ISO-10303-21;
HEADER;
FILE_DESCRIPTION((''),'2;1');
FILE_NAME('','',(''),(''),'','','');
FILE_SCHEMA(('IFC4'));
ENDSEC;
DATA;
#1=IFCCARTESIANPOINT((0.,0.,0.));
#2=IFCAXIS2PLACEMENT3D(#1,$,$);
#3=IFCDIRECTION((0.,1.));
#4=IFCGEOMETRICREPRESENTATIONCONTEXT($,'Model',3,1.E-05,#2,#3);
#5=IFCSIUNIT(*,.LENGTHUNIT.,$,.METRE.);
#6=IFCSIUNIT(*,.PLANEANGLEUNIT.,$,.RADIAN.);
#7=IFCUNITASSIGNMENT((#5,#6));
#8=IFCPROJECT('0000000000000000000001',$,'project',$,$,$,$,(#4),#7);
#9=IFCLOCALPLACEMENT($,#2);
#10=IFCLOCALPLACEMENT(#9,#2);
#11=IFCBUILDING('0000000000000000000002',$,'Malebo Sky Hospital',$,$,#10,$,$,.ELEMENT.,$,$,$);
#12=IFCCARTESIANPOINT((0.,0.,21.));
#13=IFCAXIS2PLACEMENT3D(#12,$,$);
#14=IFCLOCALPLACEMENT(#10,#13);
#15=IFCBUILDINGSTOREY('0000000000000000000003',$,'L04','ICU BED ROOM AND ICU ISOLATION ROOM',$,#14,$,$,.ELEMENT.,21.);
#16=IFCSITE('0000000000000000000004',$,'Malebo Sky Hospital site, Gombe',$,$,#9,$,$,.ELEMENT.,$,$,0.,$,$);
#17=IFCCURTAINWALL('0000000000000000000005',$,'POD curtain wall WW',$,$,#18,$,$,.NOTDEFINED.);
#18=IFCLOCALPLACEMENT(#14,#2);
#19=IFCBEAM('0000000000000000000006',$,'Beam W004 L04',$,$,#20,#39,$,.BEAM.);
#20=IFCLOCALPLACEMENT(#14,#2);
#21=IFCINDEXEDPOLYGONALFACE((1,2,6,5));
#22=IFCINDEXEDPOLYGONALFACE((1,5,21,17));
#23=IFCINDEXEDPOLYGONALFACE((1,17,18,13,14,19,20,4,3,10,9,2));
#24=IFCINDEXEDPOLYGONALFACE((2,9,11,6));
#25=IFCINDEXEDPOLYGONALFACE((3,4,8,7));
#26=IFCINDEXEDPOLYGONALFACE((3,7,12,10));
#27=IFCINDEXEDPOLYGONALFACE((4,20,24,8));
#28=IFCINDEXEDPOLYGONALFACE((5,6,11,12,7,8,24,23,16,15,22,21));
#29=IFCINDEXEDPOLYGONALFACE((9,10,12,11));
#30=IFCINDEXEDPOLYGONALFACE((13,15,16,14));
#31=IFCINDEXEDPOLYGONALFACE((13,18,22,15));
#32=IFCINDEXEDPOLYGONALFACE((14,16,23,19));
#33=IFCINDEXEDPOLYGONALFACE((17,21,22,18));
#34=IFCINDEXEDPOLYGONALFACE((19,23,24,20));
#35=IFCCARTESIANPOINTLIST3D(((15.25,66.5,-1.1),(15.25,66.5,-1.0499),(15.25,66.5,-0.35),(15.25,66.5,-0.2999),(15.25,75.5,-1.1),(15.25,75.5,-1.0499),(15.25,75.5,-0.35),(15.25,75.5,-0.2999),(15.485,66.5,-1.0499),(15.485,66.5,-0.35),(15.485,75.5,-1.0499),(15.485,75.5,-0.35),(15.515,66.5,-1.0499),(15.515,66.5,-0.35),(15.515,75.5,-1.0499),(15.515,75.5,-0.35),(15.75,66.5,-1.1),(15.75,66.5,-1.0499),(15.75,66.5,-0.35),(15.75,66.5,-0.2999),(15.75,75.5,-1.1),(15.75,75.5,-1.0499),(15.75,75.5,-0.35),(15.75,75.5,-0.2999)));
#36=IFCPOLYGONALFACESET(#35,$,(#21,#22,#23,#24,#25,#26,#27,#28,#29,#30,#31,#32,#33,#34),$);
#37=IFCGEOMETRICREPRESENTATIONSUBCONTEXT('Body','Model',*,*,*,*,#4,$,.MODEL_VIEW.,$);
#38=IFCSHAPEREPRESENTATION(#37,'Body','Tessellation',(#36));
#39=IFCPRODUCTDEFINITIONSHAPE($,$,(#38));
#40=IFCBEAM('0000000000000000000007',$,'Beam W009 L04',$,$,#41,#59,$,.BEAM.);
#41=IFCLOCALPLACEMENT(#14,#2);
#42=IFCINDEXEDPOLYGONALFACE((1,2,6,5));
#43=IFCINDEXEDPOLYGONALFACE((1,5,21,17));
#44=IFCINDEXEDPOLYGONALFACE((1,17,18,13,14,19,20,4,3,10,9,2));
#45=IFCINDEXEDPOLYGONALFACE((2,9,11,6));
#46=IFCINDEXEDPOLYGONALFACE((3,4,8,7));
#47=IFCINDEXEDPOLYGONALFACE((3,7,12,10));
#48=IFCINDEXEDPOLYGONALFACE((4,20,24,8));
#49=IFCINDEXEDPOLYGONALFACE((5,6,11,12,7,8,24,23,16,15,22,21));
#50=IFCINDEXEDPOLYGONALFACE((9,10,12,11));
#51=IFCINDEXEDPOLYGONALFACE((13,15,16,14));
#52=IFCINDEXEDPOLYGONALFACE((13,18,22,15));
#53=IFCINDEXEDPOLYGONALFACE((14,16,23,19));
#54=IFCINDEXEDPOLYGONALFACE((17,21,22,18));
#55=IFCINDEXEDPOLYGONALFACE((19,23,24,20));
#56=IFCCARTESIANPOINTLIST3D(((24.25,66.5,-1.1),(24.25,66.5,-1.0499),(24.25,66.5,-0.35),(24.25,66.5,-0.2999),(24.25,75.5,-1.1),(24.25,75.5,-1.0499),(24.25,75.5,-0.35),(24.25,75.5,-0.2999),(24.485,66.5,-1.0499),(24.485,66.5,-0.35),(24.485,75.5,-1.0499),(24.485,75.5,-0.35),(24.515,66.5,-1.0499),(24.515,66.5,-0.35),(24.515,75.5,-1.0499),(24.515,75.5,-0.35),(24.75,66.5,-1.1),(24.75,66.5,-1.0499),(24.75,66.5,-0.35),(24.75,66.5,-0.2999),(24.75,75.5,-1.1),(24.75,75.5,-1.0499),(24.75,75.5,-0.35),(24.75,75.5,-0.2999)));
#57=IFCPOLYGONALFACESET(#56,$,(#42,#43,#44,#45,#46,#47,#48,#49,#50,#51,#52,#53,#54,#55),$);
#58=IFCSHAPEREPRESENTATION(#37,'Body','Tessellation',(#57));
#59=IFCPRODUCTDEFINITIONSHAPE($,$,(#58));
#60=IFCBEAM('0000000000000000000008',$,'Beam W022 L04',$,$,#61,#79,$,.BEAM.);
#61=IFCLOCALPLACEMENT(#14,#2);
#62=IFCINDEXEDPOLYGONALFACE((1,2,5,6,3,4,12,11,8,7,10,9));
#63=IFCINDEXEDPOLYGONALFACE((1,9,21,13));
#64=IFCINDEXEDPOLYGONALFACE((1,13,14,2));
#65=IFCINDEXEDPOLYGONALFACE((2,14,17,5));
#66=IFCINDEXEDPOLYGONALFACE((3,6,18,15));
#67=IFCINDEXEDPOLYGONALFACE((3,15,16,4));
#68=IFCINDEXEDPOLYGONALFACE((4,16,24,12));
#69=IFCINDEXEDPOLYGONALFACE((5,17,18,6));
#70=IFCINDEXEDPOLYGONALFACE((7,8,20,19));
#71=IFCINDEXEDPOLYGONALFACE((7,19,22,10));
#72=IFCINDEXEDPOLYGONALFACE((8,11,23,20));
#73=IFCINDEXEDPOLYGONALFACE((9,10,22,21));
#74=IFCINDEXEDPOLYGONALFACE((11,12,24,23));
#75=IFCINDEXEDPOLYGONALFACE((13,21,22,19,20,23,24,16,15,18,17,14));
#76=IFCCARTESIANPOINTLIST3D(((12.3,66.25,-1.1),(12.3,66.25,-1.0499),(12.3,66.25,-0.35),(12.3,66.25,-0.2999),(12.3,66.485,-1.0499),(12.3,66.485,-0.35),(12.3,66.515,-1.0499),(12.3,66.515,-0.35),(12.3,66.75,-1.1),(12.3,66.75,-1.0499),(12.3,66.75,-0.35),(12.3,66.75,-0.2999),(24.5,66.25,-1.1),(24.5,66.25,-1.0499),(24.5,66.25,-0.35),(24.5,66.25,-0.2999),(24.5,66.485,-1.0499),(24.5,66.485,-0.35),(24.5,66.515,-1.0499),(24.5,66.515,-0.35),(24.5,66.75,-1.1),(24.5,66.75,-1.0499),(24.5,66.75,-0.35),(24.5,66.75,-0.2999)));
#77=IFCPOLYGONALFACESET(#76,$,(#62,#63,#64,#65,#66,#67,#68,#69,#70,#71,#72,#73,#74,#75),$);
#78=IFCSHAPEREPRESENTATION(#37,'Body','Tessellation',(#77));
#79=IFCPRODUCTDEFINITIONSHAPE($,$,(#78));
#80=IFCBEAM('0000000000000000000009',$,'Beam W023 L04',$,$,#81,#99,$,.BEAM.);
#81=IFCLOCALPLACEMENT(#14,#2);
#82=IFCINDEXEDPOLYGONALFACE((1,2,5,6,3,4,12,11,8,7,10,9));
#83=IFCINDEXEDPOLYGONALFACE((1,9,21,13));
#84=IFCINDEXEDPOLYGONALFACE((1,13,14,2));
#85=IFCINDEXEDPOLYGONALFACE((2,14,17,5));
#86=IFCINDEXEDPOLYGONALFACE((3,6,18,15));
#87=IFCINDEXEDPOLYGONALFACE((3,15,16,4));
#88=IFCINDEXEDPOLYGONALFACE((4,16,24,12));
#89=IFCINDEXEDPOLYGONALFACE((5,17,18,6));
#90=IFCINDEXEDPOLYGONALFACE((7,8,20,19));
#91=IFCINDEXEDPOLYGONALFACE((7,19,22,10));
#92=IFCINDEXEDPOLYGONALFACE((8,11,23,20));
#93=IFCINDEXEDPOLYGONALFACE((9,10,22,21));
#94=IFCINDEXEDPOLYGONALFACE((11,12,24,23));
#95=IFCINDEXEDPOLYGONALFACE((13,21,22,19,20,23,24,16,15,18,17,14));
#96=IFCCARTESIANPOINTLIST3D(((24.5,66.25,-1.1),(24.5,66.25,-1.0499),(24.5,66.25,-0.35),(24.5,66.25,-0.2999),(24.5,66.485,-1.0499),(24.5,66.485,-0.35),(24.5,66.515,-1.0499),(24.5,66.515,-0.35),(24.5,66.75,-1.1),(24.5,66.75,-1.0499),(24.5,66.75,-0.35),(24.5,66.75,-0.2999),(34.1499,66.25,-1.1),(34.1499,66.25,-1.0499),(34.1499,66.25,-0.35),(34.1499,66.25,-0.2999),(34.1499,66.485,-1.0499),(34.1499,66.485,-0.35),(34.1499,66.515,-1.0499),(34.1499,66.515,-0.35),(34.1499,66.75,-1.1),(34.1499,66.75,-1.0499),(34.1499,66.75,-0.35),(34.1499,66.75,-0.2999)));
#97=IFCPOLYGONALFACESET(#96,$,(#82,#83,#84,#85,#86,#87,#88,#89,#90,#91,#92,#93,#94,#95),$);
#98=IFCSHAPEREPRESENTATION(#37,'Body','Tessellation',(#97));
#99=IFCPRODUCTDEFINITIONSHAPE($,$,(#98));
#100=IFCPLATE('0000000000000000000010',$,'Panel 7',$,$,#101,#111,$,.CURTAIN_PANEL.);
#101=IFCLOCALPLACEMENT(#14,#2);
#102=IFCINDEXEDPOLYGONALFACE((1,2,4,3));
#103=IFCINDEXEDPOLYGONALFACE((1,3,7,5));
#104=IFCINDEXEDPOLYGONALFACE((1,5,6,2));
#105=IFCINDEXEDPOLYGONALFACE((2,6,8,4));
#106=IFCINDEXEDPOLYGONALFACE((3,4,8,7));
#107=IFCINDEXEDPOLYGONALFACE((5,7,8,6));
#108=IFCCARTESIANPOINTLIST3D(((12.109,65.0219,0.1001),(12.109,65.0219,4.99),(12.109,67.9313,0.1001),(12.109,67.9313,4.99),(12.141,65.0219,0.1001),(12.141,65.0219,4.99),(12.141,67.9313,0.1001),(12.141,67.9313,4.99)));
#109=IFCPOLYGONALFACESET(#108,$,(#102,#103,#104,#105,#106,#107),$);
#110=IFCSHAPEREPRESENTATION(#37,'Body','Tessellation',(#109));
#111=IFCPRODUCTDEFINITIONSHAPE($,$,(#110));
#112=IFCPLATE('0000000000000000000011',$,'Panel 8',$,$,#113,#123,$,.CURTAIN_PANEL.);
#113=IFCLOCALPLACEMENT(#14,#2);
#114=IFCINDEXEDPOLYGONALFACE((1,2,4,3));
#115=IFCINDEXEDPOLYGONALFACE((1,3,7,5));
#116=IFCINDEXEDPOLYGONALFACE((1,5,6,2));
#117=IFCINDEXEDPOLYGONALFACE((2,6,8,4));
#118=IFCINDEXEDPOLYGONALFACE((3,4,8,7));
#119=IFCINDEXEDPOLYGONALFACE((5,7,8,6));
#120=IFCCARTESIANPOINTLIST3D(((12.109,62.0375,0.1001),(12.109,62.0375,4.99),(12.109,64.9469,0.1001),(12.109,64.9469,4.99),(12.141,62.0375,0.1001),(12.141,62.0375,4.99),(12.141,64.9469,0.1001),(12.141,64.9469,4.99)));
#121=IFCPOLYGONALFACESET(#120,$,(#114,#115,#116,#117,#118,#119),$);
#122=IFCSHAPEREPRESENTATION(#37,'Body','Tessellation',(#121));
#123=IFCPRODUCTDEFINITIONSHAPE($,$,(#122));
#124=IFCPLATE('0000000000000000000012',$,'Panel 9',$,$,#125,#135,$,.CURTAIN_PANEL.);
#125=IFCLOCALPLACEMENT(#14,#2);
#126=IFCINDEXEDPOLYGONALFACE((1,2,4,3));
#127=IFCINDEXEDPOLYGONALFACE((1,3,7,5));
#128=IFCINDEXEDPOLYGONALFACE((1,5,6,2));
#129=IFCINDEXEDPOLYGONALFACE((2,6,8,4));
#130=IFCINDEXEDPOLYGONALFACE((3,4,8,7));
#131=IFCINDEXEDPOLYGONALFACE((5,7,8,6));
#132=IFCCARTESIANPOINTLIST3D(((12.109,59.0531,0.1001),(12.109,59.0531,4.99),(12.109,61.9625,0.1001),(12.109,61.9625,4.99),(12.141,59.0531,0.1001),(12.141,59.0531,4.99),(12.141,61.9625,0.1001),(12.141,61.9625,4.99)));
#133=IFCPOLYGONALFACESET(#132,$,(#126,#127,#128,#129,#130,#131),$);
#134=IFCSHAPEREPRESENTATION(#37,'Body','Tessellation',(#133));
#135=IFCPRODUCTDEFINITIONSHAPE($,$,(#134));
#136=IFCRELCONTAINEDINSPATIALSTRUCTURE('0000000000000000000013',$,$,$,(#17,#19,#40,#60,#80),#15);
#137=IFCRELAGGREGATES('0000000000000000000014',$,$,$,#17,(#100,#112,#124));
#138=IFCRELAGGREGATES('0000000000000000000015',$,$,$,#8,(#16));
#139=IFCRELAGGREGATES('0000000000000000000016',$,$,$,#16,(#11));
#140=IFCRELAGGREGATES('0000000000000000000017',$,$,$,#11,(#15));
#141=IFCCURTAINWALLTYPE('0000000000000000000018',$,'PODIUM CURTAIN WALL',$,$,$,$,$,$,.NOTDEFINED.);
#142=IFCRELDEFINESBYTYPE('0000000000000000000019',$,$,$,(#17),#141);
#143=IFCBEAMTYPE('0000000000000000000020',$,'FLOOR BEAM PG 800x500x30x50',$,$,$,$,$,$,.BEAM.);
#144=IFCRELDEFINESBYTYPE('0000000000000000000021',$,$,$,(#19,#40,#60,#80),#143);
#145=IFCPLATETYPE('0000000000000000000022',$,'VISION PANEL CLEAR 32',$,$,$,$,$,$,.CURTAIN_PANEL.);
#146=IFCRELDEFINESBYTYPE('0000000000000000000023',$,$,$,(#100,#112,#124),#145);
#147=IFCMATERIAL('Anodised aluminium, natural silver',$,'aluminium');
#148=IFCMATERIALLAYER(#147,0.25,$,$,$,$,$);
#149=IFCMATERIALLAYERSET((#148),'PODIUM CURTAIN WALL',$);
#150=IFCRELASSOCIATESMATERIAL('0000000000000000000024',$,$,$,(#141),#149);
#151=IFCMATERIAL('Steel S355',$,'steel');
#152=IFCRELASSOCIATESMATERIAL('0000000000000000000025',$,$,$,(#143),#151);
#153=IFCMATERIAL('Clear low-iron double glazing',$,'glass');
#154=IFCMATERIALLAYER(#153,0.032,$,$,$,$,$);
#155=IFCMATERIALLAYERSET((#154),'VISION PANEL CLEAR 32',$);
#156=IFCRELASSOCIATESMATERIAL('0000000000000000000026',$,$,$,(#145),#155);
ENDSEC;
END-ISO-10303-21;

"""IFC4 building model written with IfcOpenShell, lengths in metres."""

from ifc_helpers import new_model, si_unit, direction, frame, origin, origin_2d, place, context, subcontext, project, spatial, rectangle, i_section, extrude, material, layer, layer_set, material_profile, profile_set, type_object, element, aggregate, save


model = new_model("IFC4")

# Units and contexts
model_context = context("Model", 3, precision=1e-05, world=origin(), true_north=direction((0.0, 1.0)))
body_context = subcontext(model_context, "Body", "Model", "MODEL_VIEW")
ifc_project = project(units=[si_unit("LENGTHUNIT", "METRE"), si_unit("PLANEANGLEUNIT", "RADIAN")], contexts=[model_context])

# Site, building, storey
site_placement = place(None, origin())
site = spatial("IfcSite", under=ifc_project, at=site_placement, Name="Malebo Sky Hospital site, Gombe", CompositionType="ELEMENT", RefElevation=0.0)
building_placement = place(site_placement, origin())
building = spatial("IfcBuilding", under=site, at=building_placement, Name="Malebo Sky Hospital", CompositionType="ELEMENT")
storey_placement = place(building_placement, frame((0.0, 0.0, 21.0)))
storey = spatial("IfcBuildingStorey", under=building, at=storey_placement, Name="L04", Description="ICU BED ROOM AND ICU ISOLATION ROOM", CompositionType="ELEMENT", Elevation=21.0)

# Shared definitions
ifc_material_1 = material(Name="Steel S355", Category="steel")

# Curtain wall
ifc_material_2 = material(Name="Anodised aluminium, natural silver", Category="aluminium")
ifc_layer_1 = layer(ifc_material_2, 0.25)
ifc_layer_set_1 = layer_set([ifc_layer_1], Name="PODIUM CURTAIN WALL")
curtain_wall_type = type_object("IfcCurtainWallType", Name="PODIUM CURTAIN WALL", PredefinedType="NOTDEFINED", material=ifc_layer_set_1)
curtain_wall_placement = place(storey_placement, origin())
curtain_wall = element("IfcCurtainWall", 1, at=curtain_wall_placement, inside=storey, type_object=curtain_wall_type, Name="POD curtain wall WW", PredefinedType="NOTDEFINED")

# Beams
ifc_material_profile_1 = material_profile(ifc_material_1, i_section(OverallWidth=0.5, OverallDepth=0.8, WebThickness=0.03, FlangeThickness=0.05, at=origin_2d()), Name="PG 800x500x30x50")
ifc_profile_set_1 = profile_set([ifc_material_profile_1], Name="Steel S355")
beam_type = type_object("IfcBeamType", Name="FLOOR BEAM PG 800x500x30x50", PredefinedType="BEAM", material=ifc_profile_set_1)
for number, where, z_axis, x_axis, name in (
    (2, (15.5, 66.5, -0.7), (0.0, 1.0, 0.0), (-1.0, 0.0, 0.0), "Beam W004 L04"),
    (3, (24.5, 66.5, -0.7), (0.0, 1.0, 0.0), (-1.0, 0.0, 0.0), "Beam W009 L04"),
):
    element("IfcBeam", number, at=place(storey_placement, frame(where, z_axis=z_axis, x_axis=x_axis)), inside=storey, type_object=beam_type, Name=name, PredefinedType="BEAM", context=body_context, shape_type="SweptSolid", body=[
        extrude(i_section(OverallWidth=0.5, OverallDepth=0.8, WebThickness=0.03, FlangeThickness=0.05, at=origin_2d()), origin(), (0.0, 0.0, 1.0), 9.0),
    ])
beam_1_placement = place(storey_placement, frame((12.3, 66.5, -0.7), z_axis=(1.0, 0.0, 0.0), x_axis=(0.0, 1.0, 0.0)))
element("IfcBeam", 4, at=beam_1_placement, inside=storey, type_object=beam_type, Name="Beam W022 L04", PredefinedType="BEAM", context=body_context, shape_type="SweptSolid", body=[
    extrude(i_section(OverallWidth=0.5, OverallDepth=0.8, WebThickness=0.03, FlangeThickness=0.05, at=origin_2d()), origin(), (0.0, 0.0, 1.0), 12.2),
])
beam_2_placement = place(storey_placement, frame((24.5, 66.5, -0.7), z_axis=(1.0, 0.0, 0.0), x_axis=(0.0, 1.0, 0.0)))
element("IfcBeam", 5, at=beam_2_placement, inside=storey, type_object=beam_type, Name="Beam W023 L04", PredefinedType="BEAM", context=body_context, shape_type="SweptSolid", body=[
    extrude(i_section(OverallWidth=0.5, OverallDepth=0.8, WebThickness=0.03, FlangeThickness=0.05, at=origin_2d()), origin(), (0.0, 0.0, 1.0), 9.6499),
])

# Plates
ifc_material_3 = material(Name="Clear low-iron double glazing", Category="glass")
ifc_layer_2 = layer(ifc_material_3, 0.032)
ifc_layer_set_2 = layer_set([ifc_layer_2], Name="VISION PANEL CLEAR 32")
plate_type = type_object("IfcPlateType", Name="VISION PANEL CLEAR 32", PredefinedType="CURTAIN_PANEL", material=ifc_layer_set_2)
plate_1_placement = place(storey_placement, frame((12.125, 66.4766, 0.1001), z_axis=(0.0, 0.0, 1.0), x_axis=(0.0, -1.0, 0.0)))
plate_1 = element("IfcPlate", 6, at=plate_1_placement, type_object=plate_type, Name="Panel 7", PredefinedType="CURTAIN_PANEL", context=body_context, shape_type="SweptSolid", body=[
    extrude(rectangle(XDim=2.9094, YDim=0.032, at=origin_2d()), origin(), (0.0, 0.0, 1.0), 4.8899),
])
plate_2_placement = place(storey_placement, frame((12.125, 63.4922, 0.1001), z_axis=(0.0, 0.0, 1.0), x_axis=(0.0, -1.0, 0.0)))
plate_2 = element("IfcPlate", 7, at=plate_2_placement, type_object=plate_type, Name="Panel 8", PredefinedType="CURTAIN_PANEL", context=body_context, shape_type="SweptSolid", body=[
    extrude(rectangle(XDim=2.9094, YDim=0.032, at=origin_2d()), origin(), (0.0, 0.0, 1.0), 4.8899),
])
plate_3_placement = place(storey_placement, frame((12.125, 60.5078, 0.1001), z_axis=(0.0, 0.0, 1.0), x_axis=(0.0, -1.0, 0.0)))
plate_3 = element("IfcPlate", 8, at=plate_3_placement, type_object=plate_type, Name="Panel 9", PredefinedType="CURTAIN_PANEL", context=body_context, shape_type="SweptSolid", body=[
    extrude(rectangle(XDim=2.9094, YDim=0.032, at=origin_2d()), origin(), (0.0, 0.0, 1.0), 4.8899),
])
aggregate(curtain_wall, [plate_1, plate_2, plate_3])

save(model, "model.ifc")
